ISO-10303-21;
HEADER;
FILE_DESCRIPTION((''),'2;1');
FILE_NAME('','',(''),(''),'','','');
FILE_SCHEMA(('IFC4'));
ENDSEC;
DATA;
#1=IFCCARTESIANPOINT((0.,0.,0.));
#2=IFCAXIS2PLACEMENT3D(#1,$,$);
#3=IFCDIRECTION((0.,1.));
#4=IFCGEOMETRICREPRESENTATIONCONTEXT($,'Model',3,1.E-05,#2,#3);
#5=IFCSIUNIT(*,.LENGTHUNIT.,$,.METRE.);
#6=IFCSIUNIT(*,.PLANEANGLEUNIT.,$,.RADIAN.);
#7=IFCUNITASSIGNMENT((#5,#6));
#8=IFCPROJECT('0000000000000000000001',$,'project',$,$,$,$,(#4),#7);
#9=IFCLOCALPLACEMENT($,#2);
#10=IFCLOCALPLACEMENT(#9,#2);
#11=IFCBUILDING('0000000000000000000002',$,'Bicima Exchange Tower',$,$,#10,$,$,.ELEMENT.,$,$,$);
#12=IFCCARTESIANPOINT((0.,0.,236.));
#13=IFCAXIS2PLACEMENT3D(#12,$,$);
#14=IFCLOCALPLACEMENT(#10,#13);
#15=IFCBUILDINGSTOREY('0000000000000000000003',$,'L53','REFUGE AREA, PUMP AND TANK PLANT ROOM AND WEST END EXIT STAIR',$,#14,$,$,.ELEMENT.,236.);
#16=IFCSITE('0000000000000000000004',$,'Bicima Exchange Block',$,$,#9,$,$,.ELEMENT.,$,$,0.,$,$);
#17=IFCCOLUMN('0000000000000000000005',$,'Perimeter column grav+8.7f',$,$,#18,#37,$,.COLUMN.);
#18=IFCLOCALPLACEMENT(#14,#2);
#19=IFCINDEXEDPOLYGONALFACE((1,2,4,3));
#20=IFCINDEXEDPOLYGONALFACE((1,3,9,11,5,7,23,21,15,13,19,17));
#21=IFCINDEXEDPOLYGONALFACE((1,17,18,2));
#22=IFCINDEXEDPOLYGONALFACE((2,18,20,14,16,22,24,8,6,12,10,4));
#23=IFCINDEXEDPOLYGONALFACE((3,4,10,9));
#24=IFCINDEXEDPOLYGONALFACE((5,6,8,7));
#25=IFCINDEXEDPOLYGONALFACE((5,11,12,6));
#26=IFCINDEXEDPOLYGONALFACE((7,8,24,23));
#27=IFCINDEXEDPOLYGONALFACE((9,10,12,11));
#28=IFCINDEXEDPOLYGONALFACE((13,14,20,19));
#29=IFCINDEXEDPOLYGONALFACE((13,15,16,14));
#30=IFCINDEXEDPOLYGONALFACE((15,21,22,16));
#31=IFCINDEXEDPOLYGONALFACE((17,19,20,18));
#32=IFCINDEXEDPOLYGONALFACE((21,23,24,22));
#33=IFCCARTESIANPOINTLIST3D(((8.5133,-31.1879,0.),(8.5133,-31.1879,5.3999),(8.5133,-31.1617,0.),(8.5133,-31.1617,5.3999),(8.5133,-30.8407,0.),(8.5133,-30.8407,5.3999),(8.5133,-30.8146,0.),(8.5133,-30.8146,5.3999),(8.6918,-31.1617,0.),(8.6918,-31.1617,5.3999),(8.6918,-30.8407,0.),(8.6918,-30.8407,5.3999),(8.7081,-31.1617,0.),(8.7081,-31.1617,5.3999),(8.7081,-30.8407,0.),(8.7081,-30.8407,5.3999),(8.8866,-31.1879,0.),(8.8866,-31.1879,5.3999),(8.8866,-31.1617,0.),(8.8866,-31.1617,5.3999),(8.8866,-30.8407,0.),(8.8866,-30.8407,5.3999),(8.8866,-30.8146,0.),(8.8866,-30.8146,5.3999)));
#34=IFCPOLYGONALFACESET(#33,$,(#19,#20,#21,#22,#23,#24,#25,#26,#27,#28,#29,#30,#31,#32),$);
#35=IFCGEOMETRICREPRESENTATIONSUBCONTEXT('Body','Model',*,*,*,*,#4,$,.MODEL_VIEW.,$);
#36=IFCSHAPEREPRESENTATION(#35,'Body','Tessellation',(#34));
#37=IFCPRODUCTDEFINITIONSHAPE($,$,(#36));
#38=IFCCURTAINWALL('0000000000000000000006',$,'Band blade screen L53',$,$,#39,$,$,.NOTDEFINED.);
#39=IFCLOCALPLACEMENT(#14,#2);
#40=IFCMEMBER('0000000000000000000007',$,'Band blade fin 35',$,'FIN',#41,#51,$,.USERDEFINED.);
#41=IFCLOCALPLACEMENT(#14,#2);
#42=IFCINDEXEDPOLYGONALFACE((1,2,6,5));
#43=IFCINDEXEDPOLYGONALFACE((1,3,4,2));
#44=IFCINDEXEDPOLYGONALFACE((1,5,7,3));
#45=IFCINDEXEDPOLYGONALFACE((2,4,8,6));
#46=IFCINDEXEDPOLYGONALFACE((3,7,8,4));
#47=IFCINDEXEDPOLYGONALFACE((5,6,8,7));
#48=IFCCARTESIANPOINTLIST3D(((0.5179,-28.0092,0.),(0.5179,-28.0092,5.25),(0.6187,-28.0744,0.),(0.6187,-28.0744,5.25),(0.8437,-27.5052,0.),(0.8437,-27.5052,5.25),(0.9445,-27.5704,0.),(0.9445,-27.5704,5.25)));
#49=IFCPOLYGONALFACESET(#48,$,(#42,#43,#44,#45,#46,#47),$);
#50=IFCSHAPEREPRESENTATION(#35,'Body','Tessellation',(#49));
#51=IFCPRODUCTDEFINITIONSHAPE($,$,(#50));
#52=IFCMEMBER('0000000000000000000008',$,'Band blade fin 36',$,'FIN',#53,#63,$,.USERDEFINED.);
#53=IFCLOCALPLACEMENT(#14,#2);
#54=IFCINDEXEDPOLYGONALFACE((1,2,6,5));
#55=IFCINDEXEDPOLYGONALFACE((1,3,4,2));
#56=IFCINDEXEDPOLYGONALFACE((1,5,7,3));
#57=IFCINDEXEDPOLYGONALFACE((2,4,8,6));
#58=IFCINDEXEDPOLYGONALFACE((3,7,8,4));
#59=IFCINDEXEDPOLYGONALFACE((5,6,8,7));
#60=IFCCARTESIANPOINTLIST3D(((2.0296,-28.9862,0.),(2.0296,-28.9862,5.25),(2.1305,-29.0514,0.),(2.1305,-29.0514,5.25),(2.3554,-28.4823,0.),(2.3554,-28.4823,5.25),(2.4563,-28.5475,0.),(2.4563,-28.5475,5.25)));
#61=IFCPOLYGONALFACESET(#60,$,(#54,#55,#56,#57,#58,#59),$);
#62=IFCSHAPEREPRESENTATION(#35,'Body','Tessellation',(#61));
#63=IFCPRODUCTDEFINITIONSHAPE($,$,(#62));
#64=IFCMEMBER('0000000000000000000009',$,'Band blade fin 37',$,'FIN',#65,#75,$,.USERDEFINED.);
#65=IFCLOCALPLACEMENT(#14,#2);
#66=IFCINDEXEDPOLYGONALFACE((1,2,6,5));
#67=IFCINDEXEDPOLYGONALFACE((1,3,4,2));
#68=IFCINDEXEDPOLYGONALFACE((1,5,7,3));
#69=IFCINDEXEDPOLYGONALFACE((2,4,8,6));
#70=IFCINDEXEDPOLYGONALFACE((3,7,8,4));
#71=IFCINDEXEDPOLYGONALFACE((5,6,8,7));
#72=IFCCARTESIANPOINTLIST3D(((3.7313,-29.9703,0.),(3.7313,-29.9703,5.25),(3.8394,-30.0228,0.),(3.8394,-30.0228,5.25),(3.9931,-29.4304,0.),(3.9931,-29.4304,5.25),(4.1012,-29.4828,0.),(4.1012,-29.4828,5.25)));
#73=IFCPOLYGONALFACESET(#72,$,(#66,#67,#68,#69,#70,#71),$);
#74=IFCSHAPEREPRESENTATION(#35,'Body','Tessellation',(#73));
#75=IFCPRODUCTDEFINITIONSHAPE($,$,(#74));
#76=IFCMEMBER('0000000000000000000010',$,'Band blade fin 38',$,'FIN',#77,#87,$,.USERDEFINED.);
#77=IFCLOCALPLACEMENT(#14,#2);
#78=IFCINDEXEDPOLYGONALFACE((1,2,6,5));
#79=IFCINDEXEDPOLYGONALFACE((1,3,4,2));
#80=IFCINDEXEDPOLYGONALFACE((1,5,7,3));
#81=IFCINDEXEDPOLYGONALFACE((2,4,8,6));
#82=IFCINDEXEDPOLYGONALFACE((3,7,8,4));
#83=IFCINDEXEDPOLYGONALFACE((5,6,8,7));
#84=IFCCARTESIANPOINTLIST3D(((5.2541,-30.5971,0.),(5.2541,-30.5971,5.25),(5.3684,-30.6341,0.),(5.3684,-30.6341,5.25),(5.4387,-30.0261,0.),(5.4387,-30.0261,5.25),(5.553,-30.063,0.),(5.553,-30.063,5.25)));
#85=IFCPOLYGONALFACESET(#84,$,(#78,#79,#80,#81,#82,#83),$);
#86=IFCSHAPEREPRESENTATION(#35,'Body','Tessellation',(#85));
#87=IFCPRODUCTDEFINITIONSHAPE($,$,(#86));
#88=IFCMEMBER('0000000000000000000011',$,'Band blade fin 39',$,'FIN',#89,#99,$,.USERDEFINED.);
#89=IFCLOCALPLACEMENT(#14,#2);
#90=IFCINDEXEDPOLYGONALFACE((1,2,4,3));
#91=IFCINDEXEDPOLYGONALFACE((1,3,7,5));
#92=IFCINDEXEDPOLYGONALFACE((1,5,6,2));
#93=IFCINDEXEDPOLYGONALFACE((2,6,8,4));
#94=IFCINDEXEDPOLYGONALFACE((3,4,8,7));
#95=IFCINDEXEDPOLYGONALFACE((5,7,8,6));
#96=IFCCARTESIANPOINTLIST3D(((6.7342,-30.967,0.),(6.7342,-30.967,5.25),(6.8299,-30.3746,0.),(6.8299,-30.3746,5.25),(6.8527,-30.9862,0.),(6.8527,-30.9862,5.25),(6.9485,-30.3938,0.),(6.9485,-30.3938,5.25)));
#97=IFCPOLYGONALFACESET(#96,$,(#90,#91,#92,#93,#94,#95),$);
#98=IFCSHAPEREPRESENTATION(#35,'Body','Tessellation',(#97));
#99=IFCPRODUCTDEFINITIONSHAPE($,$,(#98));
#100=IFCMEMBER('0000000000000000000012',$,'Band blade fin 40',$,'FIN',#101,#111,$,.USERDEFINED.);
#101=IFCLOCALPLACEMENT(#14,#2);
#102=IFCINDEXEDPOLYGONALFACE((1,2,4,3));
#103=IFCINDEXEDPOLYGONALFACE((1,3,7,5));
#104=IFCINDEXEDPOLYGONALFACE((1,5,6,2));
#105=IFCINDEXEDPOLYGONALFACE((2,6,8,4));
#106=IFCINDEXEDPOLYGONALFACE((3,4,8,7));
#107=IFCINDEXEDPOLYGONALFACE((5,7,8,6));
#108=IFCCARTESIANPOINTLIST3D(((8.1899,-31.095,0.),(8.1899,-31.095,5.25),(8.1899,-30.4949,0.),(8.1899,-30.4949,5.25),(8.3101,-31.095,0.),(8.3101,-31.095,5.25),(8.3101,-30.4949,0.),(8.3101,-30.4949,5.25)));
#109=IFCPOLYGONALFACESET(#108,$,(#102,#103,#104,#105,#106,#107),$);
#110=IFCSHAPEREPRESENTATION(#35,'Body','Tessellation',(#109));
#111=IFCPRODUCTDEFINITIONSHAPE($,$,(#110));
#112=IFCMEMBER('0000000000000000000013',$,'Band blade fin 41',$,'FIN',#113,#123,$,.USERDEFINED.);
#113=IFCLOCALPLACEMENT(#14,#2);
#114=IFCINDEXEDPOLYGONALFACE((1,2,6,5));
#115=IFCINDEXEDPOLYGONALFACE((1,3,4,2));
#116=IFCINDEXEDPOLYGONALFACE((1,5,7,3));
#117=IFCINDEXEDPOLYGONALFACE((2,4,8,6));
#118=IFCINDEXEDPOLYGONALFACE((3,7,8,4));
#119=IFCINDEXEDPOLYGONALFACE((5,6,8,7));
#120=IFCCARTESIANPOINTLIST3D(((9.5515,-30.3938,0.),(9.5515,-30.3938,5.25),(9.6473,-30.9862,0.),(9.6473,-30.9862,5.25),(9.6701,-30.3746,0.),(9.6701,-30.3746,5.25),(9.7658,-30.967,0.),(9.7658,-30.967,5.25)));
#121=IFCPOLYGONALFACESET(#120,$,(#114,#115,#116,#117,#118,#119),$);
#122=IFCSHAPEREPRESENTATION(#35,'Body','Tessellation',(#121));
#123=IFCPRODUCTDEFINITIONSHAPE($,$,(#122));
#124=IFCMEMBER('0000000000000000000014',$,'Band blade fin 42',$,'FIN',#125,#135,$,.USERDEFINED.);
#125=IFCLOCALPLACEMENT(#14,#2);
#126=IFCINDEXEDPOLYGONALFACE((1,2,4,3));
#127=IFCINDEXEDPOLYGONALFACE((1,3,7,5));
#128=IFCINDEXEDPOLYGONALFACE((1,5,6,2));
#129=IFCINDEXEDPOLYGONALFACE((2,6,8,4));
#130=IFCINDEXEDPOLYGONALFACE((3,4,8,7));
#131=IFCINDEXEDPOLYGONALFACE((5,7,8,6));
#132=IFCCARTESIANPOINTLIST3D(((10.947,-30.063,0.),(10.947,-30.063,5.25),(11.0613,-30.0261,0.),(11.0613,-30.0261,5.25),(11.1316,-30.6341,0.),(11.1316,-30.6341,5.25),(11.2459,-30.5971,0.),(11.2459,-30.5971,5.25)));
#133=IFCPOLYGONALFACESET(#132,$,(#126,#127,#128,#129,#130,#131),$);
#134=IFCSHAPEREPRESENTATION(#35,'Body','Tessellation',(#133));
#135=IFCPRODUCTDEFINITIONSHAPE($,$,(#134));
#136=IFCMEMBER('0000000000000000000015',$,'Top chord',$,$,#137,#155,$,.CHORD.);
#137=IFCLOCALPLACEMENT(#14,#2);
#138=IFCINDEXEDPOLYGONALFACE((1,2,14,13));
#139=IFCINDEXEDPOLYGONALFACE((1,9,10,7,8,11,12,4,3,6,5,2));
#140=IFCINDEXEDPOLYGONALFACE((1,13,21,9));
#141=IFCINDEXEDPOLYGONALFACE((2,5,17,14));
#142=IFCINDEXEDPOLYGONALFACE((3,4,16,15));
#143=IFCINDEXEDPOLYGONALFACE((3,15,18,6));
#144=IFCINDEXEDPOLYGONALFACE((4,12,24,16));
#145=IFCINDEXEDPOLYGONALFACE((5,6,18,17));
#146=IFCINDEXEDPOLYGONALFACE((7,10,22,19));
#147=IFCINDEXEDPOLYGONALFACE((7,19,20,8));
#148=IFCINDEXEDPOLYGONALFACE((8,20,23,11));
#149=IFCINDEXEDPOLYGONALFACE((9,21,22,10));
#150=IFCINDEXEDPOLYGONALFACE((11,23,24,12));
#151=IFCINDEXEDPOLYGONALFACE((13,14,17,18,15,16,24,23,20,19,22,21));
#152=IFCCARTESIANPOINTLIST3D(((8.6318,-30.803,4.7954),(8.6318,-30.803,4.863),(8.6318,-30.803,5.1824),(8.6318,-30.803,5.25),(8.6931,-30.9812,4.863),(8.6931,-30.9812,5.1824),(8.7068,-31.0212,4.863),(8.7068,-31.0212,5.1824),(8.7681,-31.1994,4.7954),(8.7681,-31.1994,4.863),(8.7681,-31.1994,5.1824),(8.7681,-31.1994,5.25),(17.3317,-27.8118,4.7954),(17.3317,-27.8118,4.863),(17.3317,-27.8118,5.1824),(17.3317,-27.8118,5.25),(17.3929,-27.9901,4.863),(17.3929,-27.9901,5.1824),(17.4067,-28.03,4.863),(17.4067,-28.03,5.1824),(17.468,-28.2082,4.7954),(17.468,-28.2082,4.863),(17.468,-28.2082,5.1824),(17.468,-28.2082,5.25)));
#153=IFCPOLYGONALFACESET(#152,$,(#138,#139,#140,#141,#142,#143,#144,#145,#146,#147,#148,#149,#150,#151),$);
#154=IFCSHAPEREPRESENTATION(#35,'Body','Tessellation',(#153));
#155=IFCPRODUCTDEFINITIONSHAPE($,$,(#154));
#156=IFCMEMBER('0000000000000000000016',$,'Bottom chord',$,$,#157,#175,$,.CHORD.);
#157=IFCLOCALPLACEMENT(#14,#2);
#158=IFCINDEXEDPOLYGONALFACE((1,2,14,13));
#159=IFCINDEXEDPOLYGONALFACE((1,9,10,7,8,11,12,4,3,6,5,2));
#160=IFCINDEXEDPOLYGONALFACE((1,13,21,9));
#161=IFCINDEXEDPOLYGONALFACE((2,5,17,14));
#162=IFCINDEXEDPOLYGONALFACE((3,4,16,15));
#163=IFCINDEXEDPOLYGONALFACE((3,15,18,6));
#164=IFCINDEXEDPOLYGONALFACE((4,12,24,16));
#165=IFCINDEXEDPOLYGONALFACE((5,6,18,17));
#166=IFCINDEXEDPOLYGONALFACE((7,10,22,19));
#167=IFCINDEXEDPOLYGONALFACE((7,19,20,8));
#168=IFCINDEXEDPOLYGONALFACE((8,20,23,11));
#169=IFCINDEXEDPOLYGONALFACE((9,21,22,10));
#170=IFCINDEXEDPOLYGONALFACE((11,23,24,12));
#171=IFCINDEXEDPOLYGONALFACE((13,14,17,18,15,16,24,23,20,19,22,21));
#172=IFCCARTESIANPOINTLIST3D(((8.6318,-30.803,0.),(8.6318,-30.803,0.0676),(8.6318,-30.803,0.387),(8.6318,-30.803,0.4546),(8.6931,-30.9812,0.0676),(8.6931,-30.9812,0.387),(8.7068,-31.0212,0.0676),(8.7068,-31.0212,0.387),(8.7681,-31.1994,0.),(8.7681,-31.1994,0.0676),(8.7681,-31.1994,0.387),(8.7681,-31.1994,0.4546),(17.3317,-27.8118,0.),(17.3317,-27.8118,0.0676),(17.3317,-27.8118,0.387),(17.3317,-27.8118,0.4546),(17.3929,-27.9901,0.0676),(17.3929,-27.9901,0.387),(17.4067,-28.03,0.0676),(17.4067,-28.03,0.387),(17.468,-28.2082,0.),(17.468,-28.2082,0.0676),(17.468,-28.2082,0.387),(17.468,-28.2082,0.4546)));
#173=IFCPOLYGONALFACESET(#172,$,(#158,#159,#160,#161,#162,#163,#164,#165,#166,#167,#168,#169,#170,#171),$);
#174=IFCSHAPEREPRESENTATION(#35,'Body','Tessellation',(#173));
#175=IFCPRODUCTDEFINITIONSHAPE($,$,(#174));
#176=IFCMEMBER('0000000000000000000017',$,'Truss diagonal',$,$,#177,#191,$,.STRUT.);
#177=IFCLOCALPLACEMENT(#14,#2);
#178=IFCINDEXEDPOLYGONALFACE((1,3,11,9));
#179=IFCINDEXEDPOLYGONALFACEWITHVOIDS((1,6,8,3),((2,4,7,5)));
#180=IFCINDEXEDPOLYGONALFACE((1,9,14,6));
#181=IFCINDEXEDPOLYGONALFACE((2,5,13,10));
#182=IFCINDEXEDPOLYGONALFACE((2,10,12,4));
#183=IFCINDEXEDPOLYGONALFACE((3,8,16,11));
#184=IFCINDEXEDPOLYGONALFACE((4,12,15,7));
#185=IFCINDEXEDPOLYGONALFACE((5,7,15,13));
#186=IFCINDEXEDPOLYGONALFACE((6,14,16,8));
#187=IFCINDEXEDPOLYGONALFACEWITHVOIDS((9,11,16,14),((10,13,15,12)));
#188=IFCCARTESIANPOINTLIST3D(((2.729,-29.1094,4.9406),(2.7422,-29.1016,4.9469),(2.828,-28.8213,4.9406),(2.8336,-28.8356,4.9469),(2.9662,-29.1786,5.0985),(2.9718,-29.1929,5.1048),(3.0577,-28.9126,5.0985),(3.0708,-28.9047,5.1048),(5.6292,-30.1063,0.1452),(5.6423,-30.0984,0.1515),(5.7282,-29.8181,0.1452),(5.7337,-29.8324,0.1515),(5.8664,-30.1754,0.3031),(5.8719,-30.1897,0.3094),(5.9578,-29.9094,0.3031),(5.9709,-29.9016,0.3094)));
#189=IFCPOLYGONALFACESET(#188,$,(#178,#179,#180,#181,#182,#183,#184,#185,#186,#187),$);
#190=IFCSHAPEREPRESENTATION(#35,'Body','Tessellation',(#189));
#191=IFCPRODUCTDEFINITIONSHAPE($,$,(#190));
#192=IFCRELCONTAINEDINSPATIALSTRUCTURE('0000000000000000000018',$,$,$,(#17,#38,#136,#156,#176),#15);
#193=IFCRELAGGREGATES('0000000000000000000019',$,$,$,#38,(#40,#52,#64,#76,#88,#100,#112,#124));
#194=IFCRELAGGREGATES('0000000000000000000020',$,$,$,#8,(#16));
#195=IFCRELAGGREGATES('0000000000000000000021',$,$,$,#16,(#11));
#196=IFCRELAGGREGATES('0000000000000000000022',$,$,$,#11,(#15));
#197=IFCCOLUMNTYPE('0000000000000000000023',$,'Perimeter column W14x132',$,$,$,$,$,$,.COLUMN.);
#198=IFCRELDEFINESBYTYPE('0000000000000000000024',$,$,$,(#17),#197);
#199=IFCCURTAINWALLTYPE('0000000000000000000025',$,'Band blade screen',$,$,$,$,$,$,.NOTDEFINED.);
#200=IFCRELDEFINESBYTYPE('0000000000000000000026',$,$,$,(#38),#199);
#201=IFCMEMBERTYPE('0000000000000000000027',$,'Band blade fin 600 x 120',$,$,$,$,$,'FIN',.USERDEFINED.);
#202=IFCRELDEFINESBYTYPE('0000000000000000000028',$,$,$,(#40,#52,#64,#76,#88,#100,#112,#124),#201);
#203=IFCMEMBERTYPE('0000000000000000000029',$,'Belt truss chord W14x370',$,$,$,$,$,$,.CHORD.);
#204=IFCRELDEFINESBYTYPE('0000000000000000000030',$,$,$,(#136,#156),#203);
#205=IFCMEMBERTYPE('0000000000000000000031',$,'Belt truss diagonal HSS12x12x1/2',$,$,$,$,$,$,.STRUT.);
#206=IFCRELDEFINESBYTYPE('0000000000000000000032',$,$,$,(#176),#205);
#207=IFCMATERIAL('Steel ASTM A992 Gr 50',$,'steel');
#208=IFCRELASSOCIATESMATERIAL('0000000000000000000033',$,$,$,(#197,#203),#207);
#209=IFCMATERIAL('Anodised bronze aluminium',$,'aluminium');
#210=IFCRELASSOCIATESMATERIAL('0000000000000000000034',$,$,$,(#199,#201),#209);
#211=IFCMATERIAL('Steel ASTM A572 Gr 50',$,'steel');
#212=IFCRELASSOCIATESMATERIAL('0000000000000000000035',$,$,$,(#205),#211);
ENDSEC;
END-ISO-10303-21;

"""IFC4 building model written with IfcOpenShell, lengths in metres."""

from ifc_helpers import new_model, si_unit, direction, frame, origin, origin_2d, place, context, subcontext, project, spatial, rectangle, hollow_rectangle, i_section, extrude, material, material_profile, profile_set, type_object, element, aggregate, save


model = new_model("IFC4")

# Units and contexts
model_context = context("Model", 3, precision=1e-05, world=origin(), true_north=direction((0.0, 1.0)))
body_context = subcontext(model_context, "Body", "Model", "MODEL_VIEW")
ifc_project = project(units=[si_unit("LENGTHUNIT", "METRE"), si_unit("PLANEANGLEUNIT", "RADIAN")], contexts=[model_context])

# Site, building, storey
site_placement = place(None, origin())
site = spatial("IfcSite", under=ifc_project, at=site_placement, Name="Bicima Exchange Block", CompositionType="ELEMENT", RefElevation=0.0)
building_placement = place(site_placement, origin())
building = spatial("IfcBuilding", under=site, at=building_placement, Name="Bicima Exchange Tower", CompositionType="ELEMENT")
storey_placement = place(building_placement, frame((0.0, 0.0, 236.0)))
storey = spatial("IfcBuildingStorey", under=building, at=storey_placement, Name="L53", Description="REFUGE AREA, PUMP AND TANK PLANT ROOM AND WEST END EXIT STAIR", CompositionType="ELEMENT", Elevation=236.0)

# Column
ifc_material_1 = material(Name="Steel ASTM A992 Gr 50", Category="steel")
ifc_material_profile_1 = material_profile(ifc_material_1, i_section(OverallWidth=0.3733, OverallDepth=0.3733, WebThickness=0.0164, FlangeThickness=0.0261, at=origin_2d()))
ifc_profile_set_1 = profile_set([ifc_material_profile_1], Name="Steel ASTM A992 Gr 50")
column_type = type_object("IfcColumnType", Name="Perimeter column W14x132", PredefinedType="COLUMN", material=ifc_profile_set_1)
column_placement = place(storey_placement, frame((8.7, -31.0012, 0.0), z_axis=(0.0, 0.0, 1.0), x_axis=(1.0, 0.0, 0.0)))
element("IfcColumn", 1, at=column_placement, inside=storey, type_object=column_type, Name="Perimeter column grav+8.7f", PredefinedType="COLUMN", context=body_context, shape_type="SweptSolid", body=[
    extrude(i_section(OverallWidth=0.3733, OverallDepth=0.3733, WebThickness=0.0164, FlangeThickness=0.0261, at=origin_2d()), origin(), (0.0, 0.0, 1.0), 5.3999),
])

# Curtain wall, members
ifc_material_2 = material(Name="Anodised bronze aluminium", Category="aluminium")
curtain_wall_type = type_object("IfcCurtainWallType", Name="Band blade screen", PredefinedType="NOTDEFINED", material=ifc_material_2)
curtain_wall_placement = place(storey_placement, origin())
curtain_wall = element("IfcCurtainWall", 2, at=curtain_wall_placement, inside=storey, type_object=curtain_wall_type, Name="Band blade screen L53", PredefinedType="NOTDEFINED")
ifc_material_profile_2 = material_profile(ifc_material_2, rectangle(XDim=0.6001, YDim=0.1201, at=origin_2d()))
ifc_profile_set_2 = profile_set([ifc_material_profile_2], Name="Anodised bronze aluminium")
member_type_1 = type_object("IfcMemberType", Name="Band blade fin 600 x 120", ElementType="FIN", PredefinedType="USERDEFINED", material=ifc_profile_set_2)
member_1_placement = place(storey_placement, frame((0.7312, -27.7898, 0.0), z_axis=(0.0, 0.0, 1.0), x_axis=(0.542909, 0.839791, 0.0)))
member_1 = element("IfcMember", 3, at=member_1_placement, type_object=member_type_1, Name="Band blade fin 35", ObjectType="FIN", PredefinedType="USERDEFINED", context=body_context, shape_type="SweptSolid", body=[
    extrude(rectangle(XDim=0.6001, YDim=0.1201, at=origin_2d()), origin(), (0.0, 0.0, 1.0), 5.25),
])
member_2_placement = place(storey_placement, frame((2.2429, -28.7668, 0.0), z_axis=(0.0, 0.0, 1.0), x_axis=(0.542909, 0.839791, 0.0)))
member_2 = element("IfcMember", 4, at=member_2_placement, type_object=member_type_1, Name="Band blade fin 36", ObjectType="FIN", PredefinedType="USERDEFINED", context=body_context, shape_type="SweptSolid", body=[
    extrude(rectangle(XDim=0.6001, YDim=0.1201, at=origin_2d()), origin(), (0.0, 0.0, 1.0), 5.25),
])
member_3_placement = place(storey_placement, frame((3.9163, -29.7266, 0.0), z_axis=(0.0, 0.0, 1.0), x_axis=(0.436287, 0.899808, 0.0)))
member_3 = element("IfcMember", 5, at=member_3_placement, type_object=member_type_1, Name="Band blade fin 37", ObjectType="FIN", PredefinedType="USERDEFINED", context=body_context, shape_type="SweptSolid", body=[
    extrude(rectangle(XDim=0.6001, YDim=0.1201, at=origin_2d()), origin(), (0.0, 0.0, 1.0), 5.25),
])
member_4_placement = place(storey_placement, frame((5.4036, -30.3301, 0.0), z_axis=(0.0, 0.0, 1.0), x_axis=(0.307553, 0.951531, 0.0)))
member_4 = element("IfcMember", 6, at=member_4_placement, type_object=member_type_1, Name="Band blade fin 38", ObjectType="FIN", PredefinedType="USERDEFINED", context=body_context, shape_type="SweptSolid", body=[
    extrude(rectangle(XDim=0.6001, YDim=0.1201, at=origin_2d()), origin(), (0.0, 0.0, 1.0), 5.25),
])
member_5_placement = place(storey_placement, frame((6.8413, -30.6804, 0.0), z_axis=(0.0, 0.0, 1.0), x_axis=(0.159533, 0.987193, 0.0)))
member_5 = element("IfcMember", 7, at=member_5_placement, type_object=member_type_1, Name="Band blade fin 39", ObjectType="FIN", PredefinedType="USERDEFINED", context=body_context, shape_type="SweptSolid", body=[
    extrude(rectangle(XDim=0.6001, YDim=0.1201, at=origin_2d()), origin(), (0.0, 0.0, 1.0), 5.25),
])
member_6_placement = place(storey_placement, frame((8.25, -30.7949, 0.0), z_axis=(0.0, 0.0, 1.0), x_axis=(0.0, 1.0, 0.0)))
member_6 = element("IfcMember", 8, at=member_6_placement, type_object=member_type_1, Name="Band blade fin 40", ObjectType="FIN", PredefinedType="USERDEFINED", context=body_context, shape_type="SweptSolid", body=[
    extrude(rectangle(XDim=0.6001, YDim=0.1201, at=origin_2d()), origin(), (0.0, 0.0, 1.0), 5.25),
])
member_7_placement = place(storey_placement, frame((9.6587, -30.6804, 0.0), z_axis=(0.0, 0.0, 1.0), x_axis=(-0.159533, 0.987193, 0.0)))
member_7 = element("IfcMember", 9, at=member_7_placement, type_object=member_type_1, Name="Band blade fin 41", ObjectType="FIN", PredefinedType="USERDEFINED", context=body_context, shape_type="SweptSolid", body=[
    extrude(rectangle(XDim=0.6001, YDim=0.1201, at=origin_2d()), origin(), (0.0, 0.0, 1.0), 5.25),
])
member_8_placement = place(storey_placement, frame((11.0964, -30.3301, 0.0), z_axis=(0.0, 0.0, 1.0), x_axis=(-0.307553, 0.951531, 0.0)))
member_8 = element("IfcMember", 10, at=member_8_placement, type_object=member_type_1, Name="Band blade fin 42", ObjectType="FIN", PredefinedType="USERDEFINED", context=body_context, shape_type="SweptSolid", body=[
    extrude(rectangle(XDim=0.6001, YDim=0.1201, at=origin_2d()), origin(), (0.0, 0.0, 1.0), 5.25),
])
aggregate(curtain_wall, [member_1, member_2, member_3, member_4, member_5, member_6, member_7, member_8])

# Members
ifc_material_profile_3 = material_profile(ifc_material_1, i_section(OverallWidth=0.4192, OverallDepth=0.4546, WebThickness=0.0422, FlangeThickness=0.0676, at=origin_2d()))
ifc_profile_set_3 = profile_set([ifc_material_profile_3], Name="Steel ASTM A992 Gr 50")
member_type_2 = type_object("IfcMemberType", Name="Belt truss chord W14x370", PredefinedType="CHORD", material=ifc_profile_set_3)
for number, where, z_axis, x_axis, name in (
    (11, (8.7, -31.0012, 5.0227), (0.945666, 0.325138, 0.0), (-0.325138, 0.945666, 0.0), "Top chord"),
    (12, (8.7, -31.0012, 0.2273), (0.945666, 0.325138, 0.0), (-0.325138, 0.945666, 0.0), "Bottom chord"),
):
    element("IfcMember", number, at=place(storey_placement, frame(where, z_axis=z_axis, x_axis=x_axis)), inside=storey, type_object=member_type_2, Name=name, PredefinedType="CHORD", context=body_context, shape_type="SweptSolid", body=[
        extrude(i_section(OverallWidth=0.4192, OverallDepth=0.4546, WebThickness=0.0422, FlangeThickness=0.0676, at=origin_2d()), origin(), (0.0, 0.0, 1.0), 9.1997),
    ])
ifc_material_3 = material(Name="Steel ASTM A572 Gr 50", Category="steel")
ifc_material_profile_4 = material_profile(ifc_material_3, hollow_rectangle(XDim=0.3047, YDim=0.3047, WallThickness=0.0117, at=origin_2d()))
ifc_profile_set_4 = profile_set([ifc_material_profile_4], Name="Steel ASTM A572 Gr 50")
member_type_3 = type_object("IfcMemberType", Name="Belt truss diagonal HSS12x12x1/2", PredefinedType="STRUT", material=ifc_profile_set_4)
for number, where, z_axis, x_axis, name in (
    (13, (2.8999, -29.0071, 5.0227), (0.5095, -0.175123, -0.842462), (0.325051, 0.945697, 0.0), "Truss diagonal"),
):
    element("IfcMember", number, at=place(storey_placement, frame(where, z_axis=z_axis, x_axis=x_axis)), inside=storey, type_object=member_type_3, Name=name, PredefinedType="STRUT", context=body_context, shape_type="SweptSolid", body=[
        extrude(hollow_rectangle(XDim=0.3047, YDim=0.3047, WallThickness=0.0117, at=origin_2d()), origin(), (0.0, 0.0, 1.0), 5.6921),
    ])

save(model, "model.ifc")
